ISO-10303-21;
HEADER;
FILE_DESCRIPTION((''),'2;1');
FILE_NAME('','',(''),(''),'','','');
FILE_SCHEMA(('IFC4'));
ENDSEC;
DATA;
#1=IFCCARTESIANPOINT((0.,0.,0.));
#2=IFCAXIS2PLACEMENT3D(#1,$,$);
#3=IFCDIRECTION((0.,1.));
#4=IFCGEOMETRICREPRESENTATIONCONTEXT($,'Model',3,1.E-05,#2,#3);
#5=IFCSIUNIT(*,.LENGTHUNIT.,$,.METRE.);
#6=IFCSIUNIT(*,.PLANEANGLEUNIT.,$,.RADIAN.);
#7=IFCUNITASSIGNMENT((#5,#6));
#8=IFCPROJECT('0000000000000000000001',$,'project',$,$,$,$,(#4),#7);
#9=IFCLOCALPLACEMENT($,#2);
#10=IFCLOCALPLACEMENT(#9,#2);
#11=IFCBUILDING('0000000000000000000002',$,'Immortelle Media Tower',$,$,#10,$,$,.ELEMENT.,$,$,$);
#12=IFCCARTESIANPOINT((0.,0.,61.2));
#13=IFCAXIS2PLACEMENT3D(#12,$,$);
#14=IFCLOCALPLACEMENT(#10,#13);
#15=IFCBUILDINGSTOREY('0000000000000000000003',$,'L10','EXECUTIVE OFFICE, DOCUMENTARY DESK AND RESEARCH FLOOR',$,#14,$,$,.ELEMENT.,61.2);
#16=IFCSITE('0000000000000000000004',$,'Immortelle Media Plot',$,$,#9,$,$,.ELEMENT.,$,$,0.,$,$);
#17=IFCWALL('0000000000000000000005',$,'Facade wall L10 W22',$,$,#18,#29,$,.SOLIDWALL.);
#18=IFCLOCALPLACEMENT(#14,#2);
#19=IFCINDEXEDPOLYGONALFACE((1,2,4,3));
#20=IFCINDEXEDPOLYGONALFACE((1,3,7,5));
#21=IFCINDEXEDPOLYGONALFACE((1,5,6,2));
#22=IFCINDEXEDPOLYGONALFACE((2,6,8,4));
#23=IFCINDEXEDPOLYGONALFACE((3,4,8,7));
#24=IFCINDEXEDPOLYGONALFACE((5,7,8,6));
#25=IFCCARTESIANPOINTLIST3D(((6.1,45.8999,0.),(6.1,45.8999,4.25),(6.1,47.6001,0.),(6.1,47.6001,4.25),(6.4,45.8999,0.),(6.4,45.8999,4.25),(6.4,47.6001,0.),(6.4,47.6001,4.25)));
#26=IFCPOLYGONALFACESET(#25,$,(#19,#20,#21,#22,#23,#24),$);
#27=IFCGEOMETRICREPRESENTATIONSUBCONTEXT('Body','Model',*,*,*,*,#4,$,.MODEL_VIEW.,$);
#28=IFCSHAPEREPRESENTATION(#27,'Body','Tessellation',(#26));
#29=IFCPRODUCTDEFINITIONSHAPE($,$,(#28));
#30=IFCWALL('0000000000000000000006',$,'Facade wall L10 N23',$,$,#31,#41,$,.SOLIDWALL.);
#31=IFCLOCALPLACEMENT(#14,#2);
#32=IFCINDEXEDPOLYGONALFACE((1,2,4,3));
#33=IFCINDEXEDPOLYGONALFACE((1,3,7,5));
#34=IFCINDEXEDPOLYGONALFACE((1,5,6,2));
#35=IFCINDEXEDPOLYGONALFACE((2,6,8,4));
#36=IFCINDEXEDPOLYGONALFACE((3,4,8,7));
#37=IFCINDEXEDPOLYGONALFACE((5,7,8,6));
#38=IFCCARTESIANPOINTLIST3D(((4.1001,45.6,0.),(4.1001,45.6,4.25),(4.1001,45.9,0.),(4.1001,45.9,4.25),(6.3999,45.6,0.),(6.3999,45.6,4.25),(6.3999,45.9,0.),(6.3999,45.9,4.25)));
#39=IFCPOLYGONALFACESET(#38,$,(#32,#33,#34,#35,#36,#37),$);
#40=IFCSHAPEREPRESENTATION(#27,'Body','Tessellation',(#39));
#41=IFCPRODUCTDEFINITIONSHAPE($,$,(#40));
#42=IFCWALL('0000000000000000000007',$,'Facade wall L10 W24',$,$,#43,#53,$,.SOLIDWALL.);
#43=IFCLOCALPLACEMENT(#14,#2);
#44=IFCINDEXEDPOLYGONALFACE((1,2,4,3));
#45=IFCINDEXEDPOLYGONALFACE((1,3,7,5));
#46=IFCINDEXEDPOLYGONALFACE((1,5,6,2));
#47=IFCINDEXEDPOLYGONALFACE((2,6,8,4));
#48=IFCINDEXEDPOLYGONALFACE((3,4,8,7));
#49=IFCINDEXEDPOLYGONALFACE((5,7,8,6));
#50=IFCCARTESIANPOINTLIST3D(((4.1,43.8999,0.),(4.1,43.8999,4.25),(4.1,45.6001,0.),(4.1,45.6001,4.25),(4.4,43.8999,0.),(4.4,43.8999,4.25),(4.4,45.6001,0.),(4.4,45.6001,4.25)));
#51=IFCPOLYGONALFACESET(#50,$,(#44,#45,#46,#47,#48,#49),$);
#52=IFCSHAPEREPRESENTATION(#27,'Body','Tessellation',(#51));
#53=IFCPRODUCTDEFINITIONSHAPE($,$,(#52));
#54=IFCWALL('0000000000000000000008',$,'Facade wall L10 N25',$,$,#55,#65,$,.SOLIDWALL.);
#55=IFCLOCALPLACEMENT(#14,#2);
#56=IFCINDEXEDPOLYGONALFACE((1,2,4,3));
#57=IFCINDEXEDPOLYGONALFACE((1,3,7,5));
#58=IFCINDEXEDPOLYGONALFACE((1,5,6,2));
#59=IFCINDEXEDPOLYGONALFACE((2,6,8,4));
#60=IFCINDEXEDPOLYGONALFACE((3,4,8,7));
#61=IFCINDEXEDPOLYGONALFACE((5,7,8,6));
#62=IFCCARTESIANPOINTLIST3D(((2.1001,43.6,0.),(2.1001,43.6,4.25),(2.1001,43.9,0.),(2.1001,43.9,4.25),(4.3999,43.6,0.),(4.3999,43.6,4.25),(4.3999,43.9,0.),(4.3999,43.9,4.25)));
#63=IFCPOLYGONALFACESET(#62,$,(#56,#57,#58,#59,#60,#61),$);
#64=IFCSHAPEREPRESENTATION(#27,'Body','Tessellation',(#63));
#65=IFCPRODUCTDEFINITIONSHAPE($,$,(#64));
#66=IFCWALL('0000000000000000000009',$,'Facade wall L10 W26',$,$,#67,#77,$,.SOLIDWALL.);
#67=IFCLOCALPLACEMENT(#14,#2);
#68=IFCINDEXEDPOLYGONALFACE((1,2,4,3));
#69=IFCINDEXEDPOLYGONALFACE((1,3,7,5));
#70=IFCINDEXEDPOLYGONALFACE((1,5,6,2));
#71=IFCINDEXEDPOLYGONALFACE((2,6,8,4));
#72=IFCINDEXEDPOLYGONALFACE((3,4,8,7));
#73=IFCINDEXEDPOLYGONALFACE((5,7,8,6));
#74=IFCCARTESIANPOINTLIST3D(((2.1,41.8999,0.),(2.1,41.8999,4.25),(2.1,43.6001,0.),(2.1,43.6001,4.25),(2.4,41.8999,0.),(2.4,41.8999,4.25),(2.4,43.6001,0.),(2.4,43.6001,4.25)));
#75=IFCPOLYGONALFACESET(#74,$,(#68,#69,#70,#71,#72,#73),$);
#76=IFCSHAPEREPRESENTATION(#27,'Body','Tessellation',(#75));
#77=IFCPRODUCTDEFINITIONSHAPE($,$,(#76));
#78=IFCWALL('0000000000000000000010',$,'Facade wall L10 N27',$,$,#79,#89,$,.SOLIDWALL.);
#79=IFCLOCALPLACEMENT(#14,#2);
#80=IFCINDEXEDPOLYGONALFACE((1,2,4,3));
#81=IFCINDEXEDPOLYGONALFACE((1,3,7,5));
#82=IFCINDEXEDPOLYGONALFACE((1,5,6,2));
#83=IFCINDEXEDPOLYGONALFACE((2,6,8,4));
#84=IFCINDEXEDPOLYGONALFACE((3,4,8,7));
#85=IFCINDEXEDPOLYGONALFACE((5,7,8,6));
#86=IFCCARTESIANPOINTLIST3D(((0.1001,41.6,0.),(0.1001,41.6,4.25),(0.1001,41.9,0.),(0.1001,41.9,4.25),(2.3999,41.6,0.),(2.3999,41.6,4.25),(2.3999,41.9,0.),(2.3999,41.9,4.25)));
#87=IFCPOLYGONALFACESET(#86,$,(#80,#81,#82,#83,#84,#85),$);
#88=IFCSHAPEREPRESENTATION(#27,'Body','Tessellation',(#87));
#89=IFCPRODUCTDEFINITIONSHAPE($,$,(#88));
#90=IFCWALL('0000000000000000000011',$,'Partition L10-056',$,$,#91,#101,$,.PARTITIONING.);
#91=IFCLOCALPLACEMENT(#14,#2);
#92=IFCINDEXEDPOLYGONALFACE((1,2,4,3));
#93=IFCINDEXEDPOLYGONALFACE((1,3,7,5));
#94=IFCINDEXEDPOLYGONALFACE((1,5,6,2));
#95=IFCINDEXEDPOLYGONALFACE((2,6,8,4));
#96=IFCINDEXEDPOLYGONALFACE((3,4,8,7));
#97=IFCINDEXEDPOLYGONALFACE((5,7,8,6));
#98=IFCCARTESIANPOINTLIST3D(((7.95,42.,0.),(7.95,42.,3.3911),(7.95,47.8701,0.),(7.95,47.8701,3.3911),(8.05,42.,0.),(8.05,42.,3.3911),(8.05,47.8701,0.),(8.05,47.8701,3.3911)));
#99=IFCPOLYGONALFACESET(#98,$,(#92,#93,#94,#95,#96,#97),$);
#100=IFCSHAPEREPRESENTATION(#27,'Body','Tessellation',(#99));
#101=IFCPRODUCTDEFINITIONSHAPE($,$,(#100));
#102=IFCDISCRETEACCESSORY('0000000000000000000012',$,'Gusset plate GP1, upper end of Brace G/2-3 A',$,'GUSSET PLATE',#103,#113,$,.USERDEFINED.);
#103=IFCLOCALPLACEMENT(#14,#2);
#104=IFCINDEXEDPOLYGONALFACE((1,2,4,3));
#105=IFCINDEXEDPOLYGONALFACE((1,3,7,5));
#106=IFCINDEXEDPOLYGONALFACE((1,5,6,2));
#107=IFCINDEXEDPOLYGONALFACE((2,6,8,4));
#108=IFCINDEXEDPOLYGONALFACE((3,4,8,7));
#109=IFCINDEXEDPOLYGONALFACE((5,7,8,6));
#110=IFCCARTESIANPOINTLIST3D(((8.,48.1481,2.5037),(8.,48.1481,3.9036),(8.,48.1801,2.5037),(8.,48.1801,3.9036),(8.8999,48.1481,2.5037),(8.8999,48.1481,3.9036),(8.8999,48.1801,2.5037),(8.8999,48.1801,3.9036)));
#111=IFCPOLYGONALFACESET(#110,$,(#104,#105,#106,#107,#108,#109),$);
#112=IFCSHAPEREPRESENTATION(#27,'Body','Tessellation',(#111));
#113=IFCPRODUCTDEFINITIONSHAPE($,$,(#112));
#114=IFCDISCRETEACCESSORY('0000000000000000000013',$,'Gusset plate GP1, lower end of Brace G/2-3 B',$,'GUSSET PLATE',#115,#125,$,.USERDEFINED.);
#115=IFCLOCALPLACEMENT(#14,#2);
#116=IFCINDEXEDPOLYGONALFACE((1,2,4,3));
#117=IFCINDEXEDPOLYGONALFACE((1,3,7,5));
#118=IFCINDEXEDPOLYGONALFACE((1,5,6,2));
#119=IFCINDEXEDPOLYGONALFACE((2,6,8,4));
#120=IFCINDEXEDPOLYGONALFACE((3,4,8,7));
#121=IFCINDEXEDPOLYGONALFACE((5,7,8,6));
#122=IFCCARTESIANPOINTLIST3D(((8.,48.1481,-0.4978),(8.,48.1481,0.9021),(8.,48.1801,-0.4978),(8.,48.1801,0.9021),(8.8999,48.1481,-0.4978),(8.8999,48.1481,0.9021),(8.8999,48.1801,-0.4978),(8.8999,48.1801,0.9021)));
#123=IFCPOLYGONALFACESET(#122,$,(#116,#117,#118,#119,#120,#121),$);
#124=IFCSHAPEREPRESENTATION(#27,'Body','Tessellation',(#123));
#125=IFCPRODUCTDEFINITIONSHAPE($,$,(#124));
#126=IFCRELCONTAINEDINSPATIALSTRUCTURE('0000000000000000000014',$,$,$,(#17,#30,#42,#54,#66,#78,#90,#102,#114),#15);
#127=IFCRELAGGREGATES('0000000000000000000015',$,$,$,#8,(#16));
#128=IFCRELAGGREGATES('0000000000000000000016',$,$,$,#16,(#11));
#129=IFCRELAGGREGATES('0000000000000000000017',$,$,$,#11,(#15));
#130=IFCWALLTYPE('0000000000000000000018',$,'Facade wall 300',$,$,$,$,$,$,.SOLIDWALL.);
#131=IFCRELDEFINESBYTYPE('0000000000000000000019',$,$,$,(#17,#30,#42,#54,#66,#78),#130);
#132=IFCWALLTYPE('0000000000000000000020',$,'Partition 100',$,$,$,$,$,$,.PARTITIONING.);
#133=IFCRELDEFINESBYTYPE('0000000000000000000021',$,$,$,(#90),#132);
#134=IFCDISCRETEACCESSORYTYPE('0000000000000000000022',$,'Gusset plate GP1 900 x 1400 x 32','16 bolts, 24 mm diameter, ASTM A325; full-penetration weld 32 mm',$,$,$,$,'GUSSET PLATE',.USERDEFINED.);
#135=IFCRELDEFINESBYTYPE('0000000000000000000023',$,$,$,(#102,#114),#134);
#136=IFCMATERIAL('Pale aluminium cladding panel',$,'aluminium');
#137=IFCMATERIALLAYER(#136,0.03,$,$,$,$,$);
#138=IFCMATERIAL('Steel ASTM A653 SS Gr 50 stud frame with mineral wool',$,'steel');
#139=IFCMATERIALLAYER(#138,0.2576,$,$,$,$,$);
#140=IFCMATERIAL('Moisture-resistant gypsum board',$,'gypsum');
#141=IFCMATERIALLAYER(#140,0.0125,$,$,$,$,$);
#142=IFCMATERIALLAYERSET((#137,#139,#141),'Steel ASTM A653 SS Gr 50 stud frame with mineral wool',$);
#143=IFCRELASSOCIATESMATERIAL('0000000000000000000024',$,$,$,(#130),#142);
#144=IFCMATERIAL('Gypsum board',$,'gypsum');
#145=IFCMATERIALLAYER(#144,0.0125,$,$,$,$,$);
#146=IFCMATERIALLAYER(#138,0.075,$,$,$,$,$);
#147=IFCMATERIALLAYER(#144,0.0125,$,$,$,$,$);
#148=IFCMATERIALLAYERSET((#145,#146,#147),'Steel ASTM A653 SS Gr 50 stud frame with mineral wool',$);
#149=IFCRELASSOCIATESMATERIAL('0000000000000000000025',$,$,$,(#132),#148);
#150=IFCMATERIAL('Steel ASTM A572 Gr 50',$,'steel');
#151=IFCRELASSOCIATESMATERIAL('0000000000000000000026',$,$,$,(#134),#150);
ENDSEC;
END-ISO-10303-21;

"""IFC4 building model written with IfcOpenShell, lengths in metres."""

from ifc_helpers import new_model, si_unit, direction, frame, frame_2d, origin, origin_2d, place, context, subcontext, project, spatial, rectangle, extrude, material, layer, layer_set, material_profile, profile_set, type_object, element, save


model = new_model("IFC4")

# Units and contexts
model_context = context("Model", 3, precision=1e-05, world=origin(), true_north=direction((0.0, 1.0)))
body_context = subcontext(model_context, "Body", "Model", "MODEL_VIEW")
ifc_project = project(units=[si_unit("LENGTHUNIT", "METRE"), si_unit("PLANEANGLEUNIT", "RADIAN")], contexts=[model_context])

# Site, building, storey
site_placement = place(None, origin())
site = spatial("IfcSite", under=ifc_project, at=site_placement, Name="Immortelle Media Plot", CompositionType="ELEMENT", RefElevation=0.0)
building_placement = place(site_placement, origin())
building = spatial("IfcBuilding", under=site, at=building_placement, Name="Immortelle Media Tower", CompositionType="ELEMENT")
storey_placement = place(building_placement, frame((0.0, 0.0, 61.2)))
storey = spatial("IfcBuildingStorey", under=building, at=storey_placement, Name="L10", Description="EXECUTIVE OFFICE, DOCUMENTARY DESK AND RESEARCH FLOOR", CompositionType="ELEMENT", Elevation=61.2)

# Shared definitions
ifc_material_1 = material(Name="Steel ASTM A653 SS Gr 50 stud frame with mineral wool", Category="steel")

# Walls
ifc_material_2 = material(Name="Pale aluminium cladding panel", Category="aluminium")
ifc_layer_1 = layer(ifc_material_2, 0.03)
ifc_layer_2 = layer(ifc_material_1, 0.2576)
ifc_material_3 = material(Name="Moisture-resistant gypsum board", Category="gypsum")
ifc_layer_3 = layer(ifc_material_3, 0.0125)
ifc_layer_set_1 = layer_set([ifc_layer_1, ifc_layer_2, ifc_layer_3], Name="Steel ASTM A653 SS Gr 50 stud frame with mineral wool")
wall_type_1 = type_object("IfcWallType", Name="Facade wall 300", PredefinedType="SOLIDWALL", material=ifc_layer_set_1)
wall_1_placement = place(storey_placement, frame((6.25, 47.6001, 0.0), z_axis=(0.0, 0.0, 1.0), x_axis=(0.0, -1.0, 0.0)))
element("IfcWall", 1, at=wall_1_placement, inside=storey, type_object=wall_type_1, Name="Facade wall L10 W22", PredefinedType="SOLIDWALL", context=body_context, shape_type="SweptSolid", body=[
    extrude(rectangle(XDim=1.7002, YDim=0.3, at=frame_2d((0.8501, 0.0))), origin(), (0.0, 0.0, 1.0), 4.25),
])
wall_2_placement = place(storey_placement, frame((6.3999, 45.75, 0.0), z_axis=(0.0, 0.0, 1.0), x_axis=(-1.0, 0.0, 0.0)))
element("IfcWall", 2, at=wall_2_placement, inside=storey, type_object=wall_type_1, Name="Facade wall L10 N23", PredefinedType="SOLIDWALL", context=body_context, shape_type="SweptSolid", body=[
    extrude(rectangle(XDim=2.2998, YDim=0.3, at=frame_2d((1.1499, 0.0))), origin(), (0.0, 0.0, 1.0), 4.25),
])
wall_3_placement = place(storey_placement, frame((4.25, 45.6001, 0.0), z_axis=(0.0, 0.0, 1.0), x_axis=(0.0, -1.0, 0.0)))
element("IfcWall", 3, at=wall_3_placement, inside=storey, type_object=wall_type_1, Name="Facade wall L10 W24", PredefinedType="SOLIDWALL", context=body_context, shape_type="SweptSolid", body=[
    extrude(rectangle(XDim=1.7002, YDim=0.3, at=frame_2d((0.8501, 0.0))), origin(), (0.0, 0.0, 1.0), 4.25),
])
wall_4_placement = place(storey_placement, frame((4.3999, 43.75, 0.0), z_axis=(0.0, 0.0, 1.0), x_axis=(-1.0, 0.0, 0.0)))
element("IfcWall", 4, at=wall_4_placement, inside=storey, type_object=wall_type_1, Name="Facade wall L10 N25", PredefinedType="SOLIDWALL", context=body_context, shape_type="SweptSolid", body=[
    extrude(rectangle(XDim=2.2998, YDim=0.3, at=frame_2d((1.1499, 0.0))), origin(), (0.0, 0.0, 1.0), 4.25),
])
wall_5_placement = place(storey_placement, frame((2.25, 43.6001, 0.0), z_axis=(0.0, 0.0, 1.0), x_axis=(0.0, -1.0, 0.0)))
element("IfcWall", 5, at=wall_5_placement, inside=storey, type_object=wall_type_1, Name="Facade wall L10 W26", PredefinedType="SOLIDWALL", context=body_context, shape_type="SweptSolid", body=[
    extrude(rectangle(XDim=1.7002, YDim=0.3, at=frame_2d((0.8501, 0.0))), origin(), (0.0, 0.0, 1.0), 4.25),
])
wall_6_placement = place(storey_placement, frame((2.3999, 41.75, 0.0), z_axis=(0.0, 0.0, 1.0), x_axis=(-1.0, 0.0, 0.0)))
element("IfcWall", 6, at=wall_6_placement, inside=storey, type_object=wall_type_1, Name="Facade wall L10 N27", PredefinedType="SOLIDWALL", context=body_context, shape_type="SweptSolid", body=[
    extrude(rectangle(XDim=2.2998, YDim=0.3, at=frame_2d((1.1499, 0.0))), origin(), (0.0, 0.0, 1.0), 4.25),
])
ifc_material_4 = material(Name="Gypsum board", Category="gypsum")
ifc_layer_4 = layer(ifc_material_4, 0.0125)
ifc_layer_5 = layer(ifc_material_1, 0.075)
ifc_layer_6 = layer(ifc_material_4, 0.0125)
ifc_layer_set_2 = layer_set([ifc_layer_4, ifc_layer_5, ifc_layer_6], Name="Steel ASTM A653 SS Gr 50 stud frame with mineral wool")
wall_type_2 = type_object("IfcWallType", Name="Partition 100", PredefinedType="PARTITIONING", material=ifc_layer_set_2)
wall_7_placement = place(storey_placement, frame((8.0, 42.0, 0.0), z_axis=(0.0, 0.0, 1.0), x_axis=(0.0, 1.0, 0.0)))
element("IfcWall", 7, at=wall_7_placement, inside=storey, type_object=wall_type_2, Name="Partition L10-056", PredefinedType="PARTITIONING", context=body_context, shape_type="SweptSolid", body=[
    extrude(rectangle(XDim=5.8701, YDim=0.1001, at=frame_2d((2.9351, 0.0))), origin(), (0.0, 0.0, 1.0), 3.3911),
])

# Discrete accessories
ifc_material_5 = material(Name="Steel ASTM A572 Gr 50", Category="steel")
ifc_material_profile_1 = material_profile(ifc_material_5, rectangle(XDim=0.032, YDim=1.3999, at=origin_2d()), Name="PL 32 x 1400")
ifc_profile_set_1 = profile_set([ifc_material_profile_1], Name="Steel ASTM A572 Gr 50")
discrete_accessory_type = type_object("IfcDiscreteAccessoryType", Name="Gusset plate GP1 900 x 1400 x 32", Description="16 bolts, 24 mm diameter, ASTM A325; full-penetration weld 32 mm", ElementType="GUSSET PLATE", PredefinedType="USERDEFINED", material=ifc_profile_set_1)
for number, where, z_axis, x_axis, name in (
    (8, (8.0, 48.1641, 3.2036), (1.0, 0.0, 0.0), (0.0, 1.0, 0.0), "Gusset plate GP1, upper end of Brace G/2-3 A"),
    (9, (8.0, 48.1641, 0.2021), (1.0, 0.0, 0.0), (0.0, 1.0, 0.0), "Gusset plate GP1, lower end of Brace G/2-3 B"),
):
    element("IfcDiscreteAccessory", number, at=place(storey_placement, frame(where, z_axis=z_axis, x_axis=x_axis)), inside=storey, type_object=discrete_accessory_type, Name=name, ObjectType="GUSSET PLATE", PredefinedType="USERDEFINED", context=body_context, shape_type="SweptSolid", body=[
        extrude(rectangle(XDim=0.032, YDim=1.3999, at=origin_2d()), origin(), (0.0, 0.0, 1.0), 0.8999),
    ])

save(model, "model.ifc")
